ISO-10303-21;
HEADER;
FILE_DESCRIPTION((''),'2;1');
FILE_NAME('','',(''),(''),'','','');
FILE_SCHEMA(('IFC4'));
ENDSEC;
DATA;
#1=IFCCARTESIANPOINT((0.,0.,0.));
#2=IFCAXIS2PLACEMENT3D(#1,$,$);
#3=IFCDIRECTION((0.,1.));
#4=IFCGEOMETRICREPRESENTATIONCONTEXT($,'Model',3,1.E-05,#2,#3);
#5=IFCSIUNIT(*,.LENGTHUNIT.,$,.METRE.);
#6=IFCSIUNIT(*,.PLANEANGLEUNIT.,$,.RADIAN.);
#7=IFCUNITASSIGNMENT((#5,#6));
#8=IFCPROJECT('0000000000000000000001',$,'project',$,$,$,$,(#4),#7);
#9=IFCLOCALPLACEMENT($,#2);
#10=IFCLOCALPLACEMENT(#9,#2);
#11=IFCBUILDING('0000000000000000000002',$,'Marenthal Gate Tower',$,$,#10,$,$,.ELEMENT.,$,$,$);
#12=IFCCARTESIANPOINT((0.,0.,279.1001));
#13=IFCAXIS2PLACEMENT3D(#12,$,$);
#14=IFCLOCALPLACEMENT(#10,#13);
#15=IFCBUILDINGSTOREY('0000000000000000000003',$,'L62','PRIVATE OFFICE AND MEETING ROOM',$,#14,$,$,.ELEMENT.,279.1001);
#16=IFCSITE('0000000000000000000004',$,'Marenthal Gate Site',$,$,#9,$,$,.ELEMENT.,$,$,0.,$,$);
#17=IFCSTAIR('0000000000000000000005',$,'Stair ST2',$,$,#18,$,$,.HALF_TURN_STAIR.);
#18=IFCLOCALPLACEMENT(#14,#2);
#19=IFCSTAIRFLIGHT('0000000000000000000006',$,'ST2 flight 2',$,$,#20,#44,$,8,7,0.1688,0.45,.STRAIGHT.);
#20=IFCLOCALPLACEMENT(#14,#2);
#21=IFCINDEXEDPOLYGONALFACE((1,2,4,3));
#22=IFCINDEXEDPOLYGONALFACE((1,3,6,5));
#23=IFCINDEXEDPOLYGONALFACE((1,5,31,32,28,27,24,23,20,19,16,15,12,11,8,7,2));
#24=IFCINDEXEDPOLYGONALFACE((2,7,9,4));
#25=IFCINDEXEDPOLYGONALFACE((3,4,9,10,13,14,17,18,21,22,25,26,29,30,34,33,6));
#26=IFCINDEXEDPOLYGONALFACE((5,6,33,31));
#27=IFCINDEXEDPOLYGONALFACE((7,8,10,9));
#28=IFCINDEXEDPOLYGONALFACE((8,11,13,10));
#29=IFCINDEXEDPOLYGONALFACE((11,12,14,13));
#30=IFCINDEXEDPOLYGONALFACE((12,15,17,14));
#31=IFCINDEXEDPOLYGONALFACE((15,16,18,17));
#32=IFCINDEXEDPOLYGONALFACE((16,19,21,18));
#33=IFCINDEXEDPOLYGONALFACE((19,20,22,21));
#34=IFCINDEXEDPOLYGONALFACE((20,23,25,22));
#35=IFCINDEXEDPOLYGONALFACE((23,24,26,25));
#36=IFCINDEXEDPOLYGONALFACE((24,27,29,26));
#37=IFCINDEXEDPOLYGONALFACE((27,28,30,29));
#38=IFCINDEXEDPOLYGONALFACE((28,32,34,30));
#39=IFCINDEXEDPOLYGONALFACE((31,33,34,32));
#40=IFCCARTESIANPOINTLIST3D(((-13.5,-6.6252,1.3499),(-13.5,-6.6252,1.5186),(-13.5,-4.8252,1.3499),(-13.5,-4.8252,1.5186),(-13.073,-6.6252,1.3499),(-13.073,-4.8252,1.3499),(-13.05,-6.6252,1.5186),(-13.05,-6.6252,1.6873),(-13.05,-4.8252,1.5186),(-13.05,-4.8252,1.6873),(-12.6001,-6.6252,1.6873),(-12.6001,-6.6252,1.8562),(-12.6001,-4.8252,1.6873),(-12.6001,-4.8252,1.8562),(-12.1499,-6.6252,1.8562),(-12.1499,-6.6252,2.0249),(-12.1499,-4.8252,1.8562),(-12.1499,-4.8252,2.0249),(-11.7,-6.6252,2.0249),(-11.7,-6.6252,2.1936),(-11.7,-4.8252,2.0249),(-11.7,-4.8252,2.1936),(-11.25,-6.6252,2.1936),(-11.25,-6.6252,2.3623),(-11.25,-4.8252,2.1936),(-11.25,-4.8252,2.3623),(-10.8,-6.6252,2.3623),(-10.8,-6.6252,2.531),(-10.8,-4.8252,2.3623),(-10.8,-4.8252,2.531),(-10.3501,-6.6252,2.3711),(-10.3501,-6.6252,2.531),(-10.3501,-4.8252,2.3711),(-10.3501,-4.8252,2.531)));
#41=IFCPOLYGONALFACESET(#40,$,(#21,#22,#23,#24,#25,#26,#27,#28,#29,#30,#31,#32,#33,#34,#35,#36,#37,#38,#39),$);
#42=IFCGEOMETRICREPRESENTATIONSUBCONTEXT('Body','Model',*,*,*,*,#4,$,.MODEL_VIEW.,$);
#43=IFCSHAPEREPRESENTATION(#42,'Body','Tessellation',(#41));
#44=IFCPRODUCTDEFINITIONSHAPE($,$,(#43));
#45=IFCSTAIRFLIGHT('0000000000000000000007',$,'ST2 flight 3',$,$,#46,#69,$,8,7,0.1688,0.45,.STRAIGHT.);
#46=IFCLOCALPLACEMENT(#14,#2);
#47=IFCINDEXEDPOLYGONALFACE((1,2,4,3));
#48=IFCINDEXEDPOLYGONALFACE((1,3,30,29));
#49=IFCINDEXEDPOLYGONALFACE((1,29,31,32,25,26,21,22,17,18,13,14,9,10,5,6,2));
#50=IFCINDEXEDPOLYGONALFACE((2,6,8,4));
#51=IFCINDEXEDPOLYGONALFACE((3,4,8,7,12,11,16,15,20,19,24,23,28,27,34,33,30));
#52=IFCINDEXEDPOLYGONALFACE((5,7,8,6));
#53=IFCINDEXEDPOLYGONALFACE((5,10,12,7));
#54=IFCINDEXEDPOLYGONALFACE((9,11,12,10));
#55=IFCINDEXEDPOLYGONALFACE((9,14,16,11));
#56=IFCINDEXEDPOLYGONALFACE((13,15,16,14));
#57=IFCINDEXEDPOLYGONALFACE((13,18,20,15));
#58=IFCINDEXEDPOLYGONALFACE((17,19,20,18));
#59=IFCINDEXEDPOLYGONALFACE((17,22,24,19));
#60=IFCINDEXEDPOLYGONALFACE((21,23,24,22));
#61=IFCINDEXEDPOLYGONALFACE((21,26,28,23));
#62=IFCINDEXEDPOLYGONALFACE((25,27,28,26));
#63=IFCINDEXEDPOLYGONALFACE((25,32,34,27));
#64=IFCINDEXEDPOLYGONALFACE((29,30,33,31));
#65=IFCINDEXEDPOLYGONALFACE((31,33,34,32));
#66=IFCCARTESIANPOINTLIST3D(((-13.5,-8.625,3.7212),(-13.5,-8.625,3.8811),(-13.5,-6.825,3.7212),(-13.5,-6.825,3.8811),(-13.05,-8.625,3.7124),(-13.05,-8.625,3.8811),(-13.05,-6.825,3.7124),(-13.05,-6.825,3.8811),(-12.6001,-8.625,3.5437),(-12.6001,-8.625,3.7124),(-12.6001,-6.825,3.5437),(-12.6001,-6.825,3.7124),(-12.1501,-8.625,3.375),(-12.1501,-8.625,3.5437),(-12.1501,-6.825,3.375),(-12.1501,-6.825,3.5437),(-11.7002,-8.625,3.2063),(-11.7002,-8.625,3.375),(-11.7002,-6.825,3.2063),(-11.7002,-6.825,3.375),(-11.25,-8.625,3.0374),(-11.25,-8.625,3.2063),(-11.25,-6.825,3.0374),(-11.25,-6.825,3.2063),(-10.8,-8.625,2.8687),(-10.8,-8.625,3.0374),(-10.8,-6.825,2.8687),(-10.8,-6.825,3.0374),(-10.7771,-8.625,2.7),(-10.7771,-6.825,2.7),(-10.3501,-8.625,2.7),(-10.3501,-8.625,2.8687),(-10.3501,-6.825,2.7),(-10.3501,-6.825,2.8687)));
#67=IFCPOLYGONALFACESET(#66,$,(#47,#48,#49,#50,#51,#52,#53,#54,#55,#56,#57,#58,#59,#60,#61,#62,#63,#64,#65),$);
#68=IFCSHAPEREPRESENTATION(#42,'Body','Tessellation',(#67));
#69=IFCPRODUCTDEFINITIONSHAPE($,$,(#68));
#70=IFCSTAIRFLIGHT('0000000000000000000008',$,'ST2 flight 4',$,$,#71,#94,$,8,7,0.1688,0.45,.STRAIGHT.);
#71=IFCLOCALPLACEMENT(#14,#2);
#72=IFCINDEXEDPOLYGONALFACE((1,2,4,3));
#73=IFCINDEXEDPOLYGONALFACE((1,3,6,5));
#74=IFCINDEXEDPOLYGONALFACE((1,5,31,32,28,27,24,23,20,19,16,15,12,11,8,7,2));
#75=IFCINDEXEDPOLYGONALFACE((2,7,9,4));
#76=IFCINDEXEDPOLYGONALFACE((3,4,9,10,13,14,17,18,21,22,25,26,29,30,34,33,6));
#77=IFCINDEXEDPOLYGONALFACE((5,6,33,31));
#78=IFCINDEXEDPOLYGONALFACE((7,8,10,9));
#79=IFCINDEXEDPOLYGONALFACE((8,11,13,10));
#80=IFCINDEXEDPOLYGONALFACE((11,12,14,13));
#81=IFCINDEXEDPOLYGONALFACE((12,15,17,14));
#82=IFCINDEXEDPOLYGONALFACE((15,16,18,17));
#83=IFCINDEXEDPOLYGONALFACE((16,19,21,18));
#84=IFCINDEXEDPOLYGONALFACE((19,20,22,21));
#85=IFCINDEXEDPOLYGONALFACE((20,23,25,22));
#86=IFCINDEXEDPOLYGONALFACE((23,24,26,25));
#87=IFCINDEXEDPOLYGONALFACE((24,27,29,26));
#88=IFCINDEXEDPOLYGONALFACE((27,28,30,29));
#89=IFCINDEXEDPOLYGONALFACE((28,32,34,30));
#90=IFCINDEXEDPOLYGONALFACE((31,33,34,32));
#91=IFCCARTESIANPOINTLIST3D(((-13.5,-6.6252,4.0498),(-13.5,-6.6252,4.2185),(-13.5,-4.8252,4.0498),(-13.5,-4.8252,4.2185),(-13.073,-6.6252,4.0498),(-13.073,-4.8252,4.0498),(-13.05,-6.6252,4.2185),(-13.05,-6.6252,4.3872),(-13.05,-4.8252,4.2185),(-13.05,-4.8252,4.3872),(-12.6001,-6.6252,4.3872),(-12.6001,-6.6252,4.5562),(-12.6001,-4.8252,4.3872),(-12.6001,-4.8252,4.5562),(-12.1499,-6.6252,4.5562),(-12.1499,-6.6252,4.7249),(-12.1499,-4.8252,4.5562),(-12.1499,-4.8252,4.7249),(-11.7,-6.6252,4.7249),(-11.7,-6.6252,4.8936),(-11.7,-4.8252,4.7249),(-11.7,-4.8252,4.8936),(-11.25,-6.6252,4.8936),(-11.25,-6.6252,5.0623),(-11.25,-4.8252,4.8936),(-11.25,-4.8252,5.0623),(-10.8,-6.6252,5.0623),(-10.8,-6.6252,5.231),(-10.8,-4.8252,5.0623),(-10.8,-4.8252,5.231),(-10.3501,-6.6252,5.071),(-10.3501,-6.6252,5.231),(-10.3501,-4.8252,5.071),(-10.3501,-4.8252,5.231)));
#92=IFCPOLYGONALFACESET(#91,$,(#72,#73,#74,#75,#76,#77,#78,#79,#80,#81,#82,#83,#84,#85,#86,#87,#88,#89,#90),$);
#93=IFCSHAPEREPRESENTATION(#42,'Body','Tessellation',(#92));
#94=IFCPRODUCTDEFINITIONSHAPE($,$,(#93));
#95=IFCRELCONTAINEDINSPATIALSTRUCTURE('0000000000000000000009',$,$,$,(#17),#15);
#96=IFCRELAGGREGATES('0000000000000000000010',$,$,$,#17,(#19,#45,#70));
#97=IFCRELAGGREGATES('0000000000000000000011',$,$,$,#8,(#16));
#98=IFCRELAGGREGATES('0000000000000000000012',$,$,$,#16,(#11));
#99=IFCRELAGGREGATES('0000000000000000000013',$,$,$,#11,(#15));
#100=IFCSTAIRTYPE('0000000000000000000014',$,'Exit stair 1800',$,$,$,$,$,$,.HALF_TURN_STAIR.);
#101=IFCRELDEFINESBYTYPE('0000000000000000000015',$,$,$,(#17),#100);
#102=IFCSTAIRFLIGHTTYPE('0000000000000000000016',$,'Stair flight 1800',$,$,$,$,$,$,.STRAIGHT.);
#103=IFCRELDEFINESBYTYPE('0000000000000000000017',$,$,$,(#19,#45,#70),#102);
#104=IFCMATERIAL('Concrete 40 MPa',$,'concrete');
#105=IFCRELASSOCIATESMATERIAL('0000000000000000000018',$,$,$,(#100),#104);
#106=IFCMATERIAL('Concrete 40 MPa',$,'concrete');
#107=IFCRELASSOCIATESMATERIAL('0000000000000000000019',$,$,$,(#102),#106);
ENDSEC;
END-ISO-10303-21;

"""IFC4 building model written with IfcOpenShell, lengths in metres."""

from ifc_helpers import new_model, si_unit, direction, frame, origin, place, context, subcontext, project, spatial, polyline, outline, extrude, material, type_object, element, aggregate, save


model = new_model("IFC4")

# Units and contexts
model_context = context("Model", 3, precision=1e-05, world=origin(), true_north=direction((0.0, 1.0)))
body_context = subcontext(model_context, "Body", "Model", "MODEL_VIEW")
ifc_project = project(units=[si_unit("LENGTHUNIT", "METRE"), si_unit("PLANEANGLEUNIT", "RADIAN")], contexts=[model_context])

# Site, building, storey
site_placement = place(None, origin())
site = spatial("IfcSite", under=ifc_project, at=site_placement, Name="Marenthal Gate Site", CompositionType="ELEMENT", RefElevation=0.0)
building_placement = place(site_placement, origin())
building = spatial("IfcBuilding", under=site, at=building_placement, Name="Marenthal Gate Tower", CompositionType="ELEMENT")
storey_placement = place(building_placement, frame((0.0, 0.0, 279.1001)))
storey = spatial("IfcBuildingStorey", under=building, at=storey_placement, Name="L62", Description="PRIVATE OFFICE AND MEETING ROOM", CompositionType="ELEMENT", Elevation=279.1001)

# Stair, stair flights
ifc_material_1 = material(Name="Concrete 40 MPa", Category="concrete")
stair_type = type_object("IfcStairType", Name="Exit stair 1800", PredefinedType="HALF_TURN_STAIR", material=ifc_material_1)
stair_placement = place(storey_placement, origin())
stair = element("IfcStair", 1, at=stair_placement, inside=storey, type_object=stair_type, Name="Stair ST2", PredefinedType="HALF_TURN_STAIR")
ifc_material_2 = material(Name="Concrete 40 MPa", Category="concrete")
stair_flight_type = type_object("IfcStairFlightType", Name="Stair flight 1800", PredefinedType="STRAIGHT", material=ifc_material_2)
stair_flight_1_placement = place(storey_placement, frame((-13.5, -5.7251, 1.3499), z_axis=(0.0, 0.0, 1.0), x_axis=(1.0, 0.0, 0.0)))
stair_flight_1 = element("IfcStairFlight", 2, at=stair_flight_1_placement, type_object=stair_flight_type, Name="ST2 flight 2", NumberOfRisers=8, NumberOfTreads=7, PredefinedType="STRAIGHT", RiserHeight=0.1688, TreadLength=0.45, context=body_context, shape_type="SweptSolid", body=[
    extrude(outline(polyline([(0.0, 0.0), (0.0, 0.1687), (0.45, 0.1687), (0.45, 0.3374), (0.8999, 0.3374), (0.8999, 0.5063), (1.3501, 0.5063), (1.3501, 0.675), (1.8, 0.675), (1.8, 0.8438), (2.25, 0.8438), (2.25, 1.0125), (2.7, 1.0125), (2.7, 1.1812), (3.1499, 1.1812), (3.1499, 1.3501), (3.1499, 1.0212), (0.427, 0.0), (0.0, 0.0)])), frame((0.0, 0.8999, 0.0), z_axis=(0.0, -1.0, 0.0), x_axis=(1.0, 0.0, 0.0)), (0.0, 0.0, 1.0), 1.8),
])
stair_flight_2_placement = place(storey_placement, frame((-10.3501, -7.7251, 2.7), z_axis=(0.0, 0.0, 1.0), x_axis=(-1.0, 0.0, 0.0)))
stair_flight_2 = element("IfcStairFlight", 3, at=stair_flight_2_placement, type_object=stair_flight_type, Name="ST2 flight 3", NumberOfRisers=8, NumberOfTreads=7, PredefinedType="STRAIGHT", RiserHeight=0.1688, TreadLength=0.45, context=body_context, shape_type="SweptSolid", body=[
    extrude(outline(polyline([(0.0, 0.0), (0.0, 0.1687), (0.45, 0.1687), (0.45, 0.3374), (0.8999, 0.3374), (0.8999, 0.5063), (1.3501, 0.5063), (1.3501, 0.675), (1.8, 0.675), (1.8, 0.8438), (2.25, 0.8438), (2.25, 1.0125), (2.7, 1.0125), (2.7, 1.1812), (3.1499, 1.1812), (3.1499, 1.3501), (3.1499, 1.0212), (0.427, 0.0), (0.0, 0.0)])), frame((0.0, 0.8999, 0.0), z_axis=(0.0, -1.0, 0.0), x_axis=(1.0, 0.0, 0.0)), (0.0, 0.0, 1.0), 1.8),
])
stair_flight_3_placement = place(storey_placement, frame((-13.5, -5.7251, 4.0498), z_axis=(0.0, 0.0, 1.0), x_axis=(1.0, 0.0, 0.0)))
stair_flight_3 = element("IfcStairFlight", 4, at=stair_flight_3_placement, type_object=stair_flight_type, Name="ST2 flight 4", NumberOfRisers=8, NumberOfTreads=7, PredefinedType="STRAIGHT", RiserHeight=0.1688, TreadLength=0.45, context=body_context, shape_type="SweptSolid", body=[
    extrude(outline(polyline([(0.0, 0.0), (0.0, 0.1687), (0.45, 0.1687), (0.45, 0.3374), (0.8999, 0.3374), (0.8999, 0.5063), (1.3501, 0.5063), (1.3501, 0.675), (1.8, 0.675), (1.8, 0.8438), (2.25, 0.8438), (2.25, 1.0125), (2.7, 1.0125), (2.7, 1.1812), (3.1499, 1.1812), (3.1499, 1.3501), (3.1499, 1.0212), (0.427, 0.0), (0.0, 0.0)])), frame((0.0, 0.8999, 0.0), z_axis=(0.0, -1.0, 0.0), x_axis=(1.0, 0.0, 0.0)), (0.0, 0.0, 1.0), 1.8),
])
aggregate(stair, [stair_flight_1, stair_flight_2, stair_flight_3])

save(model, "model.ifc")
